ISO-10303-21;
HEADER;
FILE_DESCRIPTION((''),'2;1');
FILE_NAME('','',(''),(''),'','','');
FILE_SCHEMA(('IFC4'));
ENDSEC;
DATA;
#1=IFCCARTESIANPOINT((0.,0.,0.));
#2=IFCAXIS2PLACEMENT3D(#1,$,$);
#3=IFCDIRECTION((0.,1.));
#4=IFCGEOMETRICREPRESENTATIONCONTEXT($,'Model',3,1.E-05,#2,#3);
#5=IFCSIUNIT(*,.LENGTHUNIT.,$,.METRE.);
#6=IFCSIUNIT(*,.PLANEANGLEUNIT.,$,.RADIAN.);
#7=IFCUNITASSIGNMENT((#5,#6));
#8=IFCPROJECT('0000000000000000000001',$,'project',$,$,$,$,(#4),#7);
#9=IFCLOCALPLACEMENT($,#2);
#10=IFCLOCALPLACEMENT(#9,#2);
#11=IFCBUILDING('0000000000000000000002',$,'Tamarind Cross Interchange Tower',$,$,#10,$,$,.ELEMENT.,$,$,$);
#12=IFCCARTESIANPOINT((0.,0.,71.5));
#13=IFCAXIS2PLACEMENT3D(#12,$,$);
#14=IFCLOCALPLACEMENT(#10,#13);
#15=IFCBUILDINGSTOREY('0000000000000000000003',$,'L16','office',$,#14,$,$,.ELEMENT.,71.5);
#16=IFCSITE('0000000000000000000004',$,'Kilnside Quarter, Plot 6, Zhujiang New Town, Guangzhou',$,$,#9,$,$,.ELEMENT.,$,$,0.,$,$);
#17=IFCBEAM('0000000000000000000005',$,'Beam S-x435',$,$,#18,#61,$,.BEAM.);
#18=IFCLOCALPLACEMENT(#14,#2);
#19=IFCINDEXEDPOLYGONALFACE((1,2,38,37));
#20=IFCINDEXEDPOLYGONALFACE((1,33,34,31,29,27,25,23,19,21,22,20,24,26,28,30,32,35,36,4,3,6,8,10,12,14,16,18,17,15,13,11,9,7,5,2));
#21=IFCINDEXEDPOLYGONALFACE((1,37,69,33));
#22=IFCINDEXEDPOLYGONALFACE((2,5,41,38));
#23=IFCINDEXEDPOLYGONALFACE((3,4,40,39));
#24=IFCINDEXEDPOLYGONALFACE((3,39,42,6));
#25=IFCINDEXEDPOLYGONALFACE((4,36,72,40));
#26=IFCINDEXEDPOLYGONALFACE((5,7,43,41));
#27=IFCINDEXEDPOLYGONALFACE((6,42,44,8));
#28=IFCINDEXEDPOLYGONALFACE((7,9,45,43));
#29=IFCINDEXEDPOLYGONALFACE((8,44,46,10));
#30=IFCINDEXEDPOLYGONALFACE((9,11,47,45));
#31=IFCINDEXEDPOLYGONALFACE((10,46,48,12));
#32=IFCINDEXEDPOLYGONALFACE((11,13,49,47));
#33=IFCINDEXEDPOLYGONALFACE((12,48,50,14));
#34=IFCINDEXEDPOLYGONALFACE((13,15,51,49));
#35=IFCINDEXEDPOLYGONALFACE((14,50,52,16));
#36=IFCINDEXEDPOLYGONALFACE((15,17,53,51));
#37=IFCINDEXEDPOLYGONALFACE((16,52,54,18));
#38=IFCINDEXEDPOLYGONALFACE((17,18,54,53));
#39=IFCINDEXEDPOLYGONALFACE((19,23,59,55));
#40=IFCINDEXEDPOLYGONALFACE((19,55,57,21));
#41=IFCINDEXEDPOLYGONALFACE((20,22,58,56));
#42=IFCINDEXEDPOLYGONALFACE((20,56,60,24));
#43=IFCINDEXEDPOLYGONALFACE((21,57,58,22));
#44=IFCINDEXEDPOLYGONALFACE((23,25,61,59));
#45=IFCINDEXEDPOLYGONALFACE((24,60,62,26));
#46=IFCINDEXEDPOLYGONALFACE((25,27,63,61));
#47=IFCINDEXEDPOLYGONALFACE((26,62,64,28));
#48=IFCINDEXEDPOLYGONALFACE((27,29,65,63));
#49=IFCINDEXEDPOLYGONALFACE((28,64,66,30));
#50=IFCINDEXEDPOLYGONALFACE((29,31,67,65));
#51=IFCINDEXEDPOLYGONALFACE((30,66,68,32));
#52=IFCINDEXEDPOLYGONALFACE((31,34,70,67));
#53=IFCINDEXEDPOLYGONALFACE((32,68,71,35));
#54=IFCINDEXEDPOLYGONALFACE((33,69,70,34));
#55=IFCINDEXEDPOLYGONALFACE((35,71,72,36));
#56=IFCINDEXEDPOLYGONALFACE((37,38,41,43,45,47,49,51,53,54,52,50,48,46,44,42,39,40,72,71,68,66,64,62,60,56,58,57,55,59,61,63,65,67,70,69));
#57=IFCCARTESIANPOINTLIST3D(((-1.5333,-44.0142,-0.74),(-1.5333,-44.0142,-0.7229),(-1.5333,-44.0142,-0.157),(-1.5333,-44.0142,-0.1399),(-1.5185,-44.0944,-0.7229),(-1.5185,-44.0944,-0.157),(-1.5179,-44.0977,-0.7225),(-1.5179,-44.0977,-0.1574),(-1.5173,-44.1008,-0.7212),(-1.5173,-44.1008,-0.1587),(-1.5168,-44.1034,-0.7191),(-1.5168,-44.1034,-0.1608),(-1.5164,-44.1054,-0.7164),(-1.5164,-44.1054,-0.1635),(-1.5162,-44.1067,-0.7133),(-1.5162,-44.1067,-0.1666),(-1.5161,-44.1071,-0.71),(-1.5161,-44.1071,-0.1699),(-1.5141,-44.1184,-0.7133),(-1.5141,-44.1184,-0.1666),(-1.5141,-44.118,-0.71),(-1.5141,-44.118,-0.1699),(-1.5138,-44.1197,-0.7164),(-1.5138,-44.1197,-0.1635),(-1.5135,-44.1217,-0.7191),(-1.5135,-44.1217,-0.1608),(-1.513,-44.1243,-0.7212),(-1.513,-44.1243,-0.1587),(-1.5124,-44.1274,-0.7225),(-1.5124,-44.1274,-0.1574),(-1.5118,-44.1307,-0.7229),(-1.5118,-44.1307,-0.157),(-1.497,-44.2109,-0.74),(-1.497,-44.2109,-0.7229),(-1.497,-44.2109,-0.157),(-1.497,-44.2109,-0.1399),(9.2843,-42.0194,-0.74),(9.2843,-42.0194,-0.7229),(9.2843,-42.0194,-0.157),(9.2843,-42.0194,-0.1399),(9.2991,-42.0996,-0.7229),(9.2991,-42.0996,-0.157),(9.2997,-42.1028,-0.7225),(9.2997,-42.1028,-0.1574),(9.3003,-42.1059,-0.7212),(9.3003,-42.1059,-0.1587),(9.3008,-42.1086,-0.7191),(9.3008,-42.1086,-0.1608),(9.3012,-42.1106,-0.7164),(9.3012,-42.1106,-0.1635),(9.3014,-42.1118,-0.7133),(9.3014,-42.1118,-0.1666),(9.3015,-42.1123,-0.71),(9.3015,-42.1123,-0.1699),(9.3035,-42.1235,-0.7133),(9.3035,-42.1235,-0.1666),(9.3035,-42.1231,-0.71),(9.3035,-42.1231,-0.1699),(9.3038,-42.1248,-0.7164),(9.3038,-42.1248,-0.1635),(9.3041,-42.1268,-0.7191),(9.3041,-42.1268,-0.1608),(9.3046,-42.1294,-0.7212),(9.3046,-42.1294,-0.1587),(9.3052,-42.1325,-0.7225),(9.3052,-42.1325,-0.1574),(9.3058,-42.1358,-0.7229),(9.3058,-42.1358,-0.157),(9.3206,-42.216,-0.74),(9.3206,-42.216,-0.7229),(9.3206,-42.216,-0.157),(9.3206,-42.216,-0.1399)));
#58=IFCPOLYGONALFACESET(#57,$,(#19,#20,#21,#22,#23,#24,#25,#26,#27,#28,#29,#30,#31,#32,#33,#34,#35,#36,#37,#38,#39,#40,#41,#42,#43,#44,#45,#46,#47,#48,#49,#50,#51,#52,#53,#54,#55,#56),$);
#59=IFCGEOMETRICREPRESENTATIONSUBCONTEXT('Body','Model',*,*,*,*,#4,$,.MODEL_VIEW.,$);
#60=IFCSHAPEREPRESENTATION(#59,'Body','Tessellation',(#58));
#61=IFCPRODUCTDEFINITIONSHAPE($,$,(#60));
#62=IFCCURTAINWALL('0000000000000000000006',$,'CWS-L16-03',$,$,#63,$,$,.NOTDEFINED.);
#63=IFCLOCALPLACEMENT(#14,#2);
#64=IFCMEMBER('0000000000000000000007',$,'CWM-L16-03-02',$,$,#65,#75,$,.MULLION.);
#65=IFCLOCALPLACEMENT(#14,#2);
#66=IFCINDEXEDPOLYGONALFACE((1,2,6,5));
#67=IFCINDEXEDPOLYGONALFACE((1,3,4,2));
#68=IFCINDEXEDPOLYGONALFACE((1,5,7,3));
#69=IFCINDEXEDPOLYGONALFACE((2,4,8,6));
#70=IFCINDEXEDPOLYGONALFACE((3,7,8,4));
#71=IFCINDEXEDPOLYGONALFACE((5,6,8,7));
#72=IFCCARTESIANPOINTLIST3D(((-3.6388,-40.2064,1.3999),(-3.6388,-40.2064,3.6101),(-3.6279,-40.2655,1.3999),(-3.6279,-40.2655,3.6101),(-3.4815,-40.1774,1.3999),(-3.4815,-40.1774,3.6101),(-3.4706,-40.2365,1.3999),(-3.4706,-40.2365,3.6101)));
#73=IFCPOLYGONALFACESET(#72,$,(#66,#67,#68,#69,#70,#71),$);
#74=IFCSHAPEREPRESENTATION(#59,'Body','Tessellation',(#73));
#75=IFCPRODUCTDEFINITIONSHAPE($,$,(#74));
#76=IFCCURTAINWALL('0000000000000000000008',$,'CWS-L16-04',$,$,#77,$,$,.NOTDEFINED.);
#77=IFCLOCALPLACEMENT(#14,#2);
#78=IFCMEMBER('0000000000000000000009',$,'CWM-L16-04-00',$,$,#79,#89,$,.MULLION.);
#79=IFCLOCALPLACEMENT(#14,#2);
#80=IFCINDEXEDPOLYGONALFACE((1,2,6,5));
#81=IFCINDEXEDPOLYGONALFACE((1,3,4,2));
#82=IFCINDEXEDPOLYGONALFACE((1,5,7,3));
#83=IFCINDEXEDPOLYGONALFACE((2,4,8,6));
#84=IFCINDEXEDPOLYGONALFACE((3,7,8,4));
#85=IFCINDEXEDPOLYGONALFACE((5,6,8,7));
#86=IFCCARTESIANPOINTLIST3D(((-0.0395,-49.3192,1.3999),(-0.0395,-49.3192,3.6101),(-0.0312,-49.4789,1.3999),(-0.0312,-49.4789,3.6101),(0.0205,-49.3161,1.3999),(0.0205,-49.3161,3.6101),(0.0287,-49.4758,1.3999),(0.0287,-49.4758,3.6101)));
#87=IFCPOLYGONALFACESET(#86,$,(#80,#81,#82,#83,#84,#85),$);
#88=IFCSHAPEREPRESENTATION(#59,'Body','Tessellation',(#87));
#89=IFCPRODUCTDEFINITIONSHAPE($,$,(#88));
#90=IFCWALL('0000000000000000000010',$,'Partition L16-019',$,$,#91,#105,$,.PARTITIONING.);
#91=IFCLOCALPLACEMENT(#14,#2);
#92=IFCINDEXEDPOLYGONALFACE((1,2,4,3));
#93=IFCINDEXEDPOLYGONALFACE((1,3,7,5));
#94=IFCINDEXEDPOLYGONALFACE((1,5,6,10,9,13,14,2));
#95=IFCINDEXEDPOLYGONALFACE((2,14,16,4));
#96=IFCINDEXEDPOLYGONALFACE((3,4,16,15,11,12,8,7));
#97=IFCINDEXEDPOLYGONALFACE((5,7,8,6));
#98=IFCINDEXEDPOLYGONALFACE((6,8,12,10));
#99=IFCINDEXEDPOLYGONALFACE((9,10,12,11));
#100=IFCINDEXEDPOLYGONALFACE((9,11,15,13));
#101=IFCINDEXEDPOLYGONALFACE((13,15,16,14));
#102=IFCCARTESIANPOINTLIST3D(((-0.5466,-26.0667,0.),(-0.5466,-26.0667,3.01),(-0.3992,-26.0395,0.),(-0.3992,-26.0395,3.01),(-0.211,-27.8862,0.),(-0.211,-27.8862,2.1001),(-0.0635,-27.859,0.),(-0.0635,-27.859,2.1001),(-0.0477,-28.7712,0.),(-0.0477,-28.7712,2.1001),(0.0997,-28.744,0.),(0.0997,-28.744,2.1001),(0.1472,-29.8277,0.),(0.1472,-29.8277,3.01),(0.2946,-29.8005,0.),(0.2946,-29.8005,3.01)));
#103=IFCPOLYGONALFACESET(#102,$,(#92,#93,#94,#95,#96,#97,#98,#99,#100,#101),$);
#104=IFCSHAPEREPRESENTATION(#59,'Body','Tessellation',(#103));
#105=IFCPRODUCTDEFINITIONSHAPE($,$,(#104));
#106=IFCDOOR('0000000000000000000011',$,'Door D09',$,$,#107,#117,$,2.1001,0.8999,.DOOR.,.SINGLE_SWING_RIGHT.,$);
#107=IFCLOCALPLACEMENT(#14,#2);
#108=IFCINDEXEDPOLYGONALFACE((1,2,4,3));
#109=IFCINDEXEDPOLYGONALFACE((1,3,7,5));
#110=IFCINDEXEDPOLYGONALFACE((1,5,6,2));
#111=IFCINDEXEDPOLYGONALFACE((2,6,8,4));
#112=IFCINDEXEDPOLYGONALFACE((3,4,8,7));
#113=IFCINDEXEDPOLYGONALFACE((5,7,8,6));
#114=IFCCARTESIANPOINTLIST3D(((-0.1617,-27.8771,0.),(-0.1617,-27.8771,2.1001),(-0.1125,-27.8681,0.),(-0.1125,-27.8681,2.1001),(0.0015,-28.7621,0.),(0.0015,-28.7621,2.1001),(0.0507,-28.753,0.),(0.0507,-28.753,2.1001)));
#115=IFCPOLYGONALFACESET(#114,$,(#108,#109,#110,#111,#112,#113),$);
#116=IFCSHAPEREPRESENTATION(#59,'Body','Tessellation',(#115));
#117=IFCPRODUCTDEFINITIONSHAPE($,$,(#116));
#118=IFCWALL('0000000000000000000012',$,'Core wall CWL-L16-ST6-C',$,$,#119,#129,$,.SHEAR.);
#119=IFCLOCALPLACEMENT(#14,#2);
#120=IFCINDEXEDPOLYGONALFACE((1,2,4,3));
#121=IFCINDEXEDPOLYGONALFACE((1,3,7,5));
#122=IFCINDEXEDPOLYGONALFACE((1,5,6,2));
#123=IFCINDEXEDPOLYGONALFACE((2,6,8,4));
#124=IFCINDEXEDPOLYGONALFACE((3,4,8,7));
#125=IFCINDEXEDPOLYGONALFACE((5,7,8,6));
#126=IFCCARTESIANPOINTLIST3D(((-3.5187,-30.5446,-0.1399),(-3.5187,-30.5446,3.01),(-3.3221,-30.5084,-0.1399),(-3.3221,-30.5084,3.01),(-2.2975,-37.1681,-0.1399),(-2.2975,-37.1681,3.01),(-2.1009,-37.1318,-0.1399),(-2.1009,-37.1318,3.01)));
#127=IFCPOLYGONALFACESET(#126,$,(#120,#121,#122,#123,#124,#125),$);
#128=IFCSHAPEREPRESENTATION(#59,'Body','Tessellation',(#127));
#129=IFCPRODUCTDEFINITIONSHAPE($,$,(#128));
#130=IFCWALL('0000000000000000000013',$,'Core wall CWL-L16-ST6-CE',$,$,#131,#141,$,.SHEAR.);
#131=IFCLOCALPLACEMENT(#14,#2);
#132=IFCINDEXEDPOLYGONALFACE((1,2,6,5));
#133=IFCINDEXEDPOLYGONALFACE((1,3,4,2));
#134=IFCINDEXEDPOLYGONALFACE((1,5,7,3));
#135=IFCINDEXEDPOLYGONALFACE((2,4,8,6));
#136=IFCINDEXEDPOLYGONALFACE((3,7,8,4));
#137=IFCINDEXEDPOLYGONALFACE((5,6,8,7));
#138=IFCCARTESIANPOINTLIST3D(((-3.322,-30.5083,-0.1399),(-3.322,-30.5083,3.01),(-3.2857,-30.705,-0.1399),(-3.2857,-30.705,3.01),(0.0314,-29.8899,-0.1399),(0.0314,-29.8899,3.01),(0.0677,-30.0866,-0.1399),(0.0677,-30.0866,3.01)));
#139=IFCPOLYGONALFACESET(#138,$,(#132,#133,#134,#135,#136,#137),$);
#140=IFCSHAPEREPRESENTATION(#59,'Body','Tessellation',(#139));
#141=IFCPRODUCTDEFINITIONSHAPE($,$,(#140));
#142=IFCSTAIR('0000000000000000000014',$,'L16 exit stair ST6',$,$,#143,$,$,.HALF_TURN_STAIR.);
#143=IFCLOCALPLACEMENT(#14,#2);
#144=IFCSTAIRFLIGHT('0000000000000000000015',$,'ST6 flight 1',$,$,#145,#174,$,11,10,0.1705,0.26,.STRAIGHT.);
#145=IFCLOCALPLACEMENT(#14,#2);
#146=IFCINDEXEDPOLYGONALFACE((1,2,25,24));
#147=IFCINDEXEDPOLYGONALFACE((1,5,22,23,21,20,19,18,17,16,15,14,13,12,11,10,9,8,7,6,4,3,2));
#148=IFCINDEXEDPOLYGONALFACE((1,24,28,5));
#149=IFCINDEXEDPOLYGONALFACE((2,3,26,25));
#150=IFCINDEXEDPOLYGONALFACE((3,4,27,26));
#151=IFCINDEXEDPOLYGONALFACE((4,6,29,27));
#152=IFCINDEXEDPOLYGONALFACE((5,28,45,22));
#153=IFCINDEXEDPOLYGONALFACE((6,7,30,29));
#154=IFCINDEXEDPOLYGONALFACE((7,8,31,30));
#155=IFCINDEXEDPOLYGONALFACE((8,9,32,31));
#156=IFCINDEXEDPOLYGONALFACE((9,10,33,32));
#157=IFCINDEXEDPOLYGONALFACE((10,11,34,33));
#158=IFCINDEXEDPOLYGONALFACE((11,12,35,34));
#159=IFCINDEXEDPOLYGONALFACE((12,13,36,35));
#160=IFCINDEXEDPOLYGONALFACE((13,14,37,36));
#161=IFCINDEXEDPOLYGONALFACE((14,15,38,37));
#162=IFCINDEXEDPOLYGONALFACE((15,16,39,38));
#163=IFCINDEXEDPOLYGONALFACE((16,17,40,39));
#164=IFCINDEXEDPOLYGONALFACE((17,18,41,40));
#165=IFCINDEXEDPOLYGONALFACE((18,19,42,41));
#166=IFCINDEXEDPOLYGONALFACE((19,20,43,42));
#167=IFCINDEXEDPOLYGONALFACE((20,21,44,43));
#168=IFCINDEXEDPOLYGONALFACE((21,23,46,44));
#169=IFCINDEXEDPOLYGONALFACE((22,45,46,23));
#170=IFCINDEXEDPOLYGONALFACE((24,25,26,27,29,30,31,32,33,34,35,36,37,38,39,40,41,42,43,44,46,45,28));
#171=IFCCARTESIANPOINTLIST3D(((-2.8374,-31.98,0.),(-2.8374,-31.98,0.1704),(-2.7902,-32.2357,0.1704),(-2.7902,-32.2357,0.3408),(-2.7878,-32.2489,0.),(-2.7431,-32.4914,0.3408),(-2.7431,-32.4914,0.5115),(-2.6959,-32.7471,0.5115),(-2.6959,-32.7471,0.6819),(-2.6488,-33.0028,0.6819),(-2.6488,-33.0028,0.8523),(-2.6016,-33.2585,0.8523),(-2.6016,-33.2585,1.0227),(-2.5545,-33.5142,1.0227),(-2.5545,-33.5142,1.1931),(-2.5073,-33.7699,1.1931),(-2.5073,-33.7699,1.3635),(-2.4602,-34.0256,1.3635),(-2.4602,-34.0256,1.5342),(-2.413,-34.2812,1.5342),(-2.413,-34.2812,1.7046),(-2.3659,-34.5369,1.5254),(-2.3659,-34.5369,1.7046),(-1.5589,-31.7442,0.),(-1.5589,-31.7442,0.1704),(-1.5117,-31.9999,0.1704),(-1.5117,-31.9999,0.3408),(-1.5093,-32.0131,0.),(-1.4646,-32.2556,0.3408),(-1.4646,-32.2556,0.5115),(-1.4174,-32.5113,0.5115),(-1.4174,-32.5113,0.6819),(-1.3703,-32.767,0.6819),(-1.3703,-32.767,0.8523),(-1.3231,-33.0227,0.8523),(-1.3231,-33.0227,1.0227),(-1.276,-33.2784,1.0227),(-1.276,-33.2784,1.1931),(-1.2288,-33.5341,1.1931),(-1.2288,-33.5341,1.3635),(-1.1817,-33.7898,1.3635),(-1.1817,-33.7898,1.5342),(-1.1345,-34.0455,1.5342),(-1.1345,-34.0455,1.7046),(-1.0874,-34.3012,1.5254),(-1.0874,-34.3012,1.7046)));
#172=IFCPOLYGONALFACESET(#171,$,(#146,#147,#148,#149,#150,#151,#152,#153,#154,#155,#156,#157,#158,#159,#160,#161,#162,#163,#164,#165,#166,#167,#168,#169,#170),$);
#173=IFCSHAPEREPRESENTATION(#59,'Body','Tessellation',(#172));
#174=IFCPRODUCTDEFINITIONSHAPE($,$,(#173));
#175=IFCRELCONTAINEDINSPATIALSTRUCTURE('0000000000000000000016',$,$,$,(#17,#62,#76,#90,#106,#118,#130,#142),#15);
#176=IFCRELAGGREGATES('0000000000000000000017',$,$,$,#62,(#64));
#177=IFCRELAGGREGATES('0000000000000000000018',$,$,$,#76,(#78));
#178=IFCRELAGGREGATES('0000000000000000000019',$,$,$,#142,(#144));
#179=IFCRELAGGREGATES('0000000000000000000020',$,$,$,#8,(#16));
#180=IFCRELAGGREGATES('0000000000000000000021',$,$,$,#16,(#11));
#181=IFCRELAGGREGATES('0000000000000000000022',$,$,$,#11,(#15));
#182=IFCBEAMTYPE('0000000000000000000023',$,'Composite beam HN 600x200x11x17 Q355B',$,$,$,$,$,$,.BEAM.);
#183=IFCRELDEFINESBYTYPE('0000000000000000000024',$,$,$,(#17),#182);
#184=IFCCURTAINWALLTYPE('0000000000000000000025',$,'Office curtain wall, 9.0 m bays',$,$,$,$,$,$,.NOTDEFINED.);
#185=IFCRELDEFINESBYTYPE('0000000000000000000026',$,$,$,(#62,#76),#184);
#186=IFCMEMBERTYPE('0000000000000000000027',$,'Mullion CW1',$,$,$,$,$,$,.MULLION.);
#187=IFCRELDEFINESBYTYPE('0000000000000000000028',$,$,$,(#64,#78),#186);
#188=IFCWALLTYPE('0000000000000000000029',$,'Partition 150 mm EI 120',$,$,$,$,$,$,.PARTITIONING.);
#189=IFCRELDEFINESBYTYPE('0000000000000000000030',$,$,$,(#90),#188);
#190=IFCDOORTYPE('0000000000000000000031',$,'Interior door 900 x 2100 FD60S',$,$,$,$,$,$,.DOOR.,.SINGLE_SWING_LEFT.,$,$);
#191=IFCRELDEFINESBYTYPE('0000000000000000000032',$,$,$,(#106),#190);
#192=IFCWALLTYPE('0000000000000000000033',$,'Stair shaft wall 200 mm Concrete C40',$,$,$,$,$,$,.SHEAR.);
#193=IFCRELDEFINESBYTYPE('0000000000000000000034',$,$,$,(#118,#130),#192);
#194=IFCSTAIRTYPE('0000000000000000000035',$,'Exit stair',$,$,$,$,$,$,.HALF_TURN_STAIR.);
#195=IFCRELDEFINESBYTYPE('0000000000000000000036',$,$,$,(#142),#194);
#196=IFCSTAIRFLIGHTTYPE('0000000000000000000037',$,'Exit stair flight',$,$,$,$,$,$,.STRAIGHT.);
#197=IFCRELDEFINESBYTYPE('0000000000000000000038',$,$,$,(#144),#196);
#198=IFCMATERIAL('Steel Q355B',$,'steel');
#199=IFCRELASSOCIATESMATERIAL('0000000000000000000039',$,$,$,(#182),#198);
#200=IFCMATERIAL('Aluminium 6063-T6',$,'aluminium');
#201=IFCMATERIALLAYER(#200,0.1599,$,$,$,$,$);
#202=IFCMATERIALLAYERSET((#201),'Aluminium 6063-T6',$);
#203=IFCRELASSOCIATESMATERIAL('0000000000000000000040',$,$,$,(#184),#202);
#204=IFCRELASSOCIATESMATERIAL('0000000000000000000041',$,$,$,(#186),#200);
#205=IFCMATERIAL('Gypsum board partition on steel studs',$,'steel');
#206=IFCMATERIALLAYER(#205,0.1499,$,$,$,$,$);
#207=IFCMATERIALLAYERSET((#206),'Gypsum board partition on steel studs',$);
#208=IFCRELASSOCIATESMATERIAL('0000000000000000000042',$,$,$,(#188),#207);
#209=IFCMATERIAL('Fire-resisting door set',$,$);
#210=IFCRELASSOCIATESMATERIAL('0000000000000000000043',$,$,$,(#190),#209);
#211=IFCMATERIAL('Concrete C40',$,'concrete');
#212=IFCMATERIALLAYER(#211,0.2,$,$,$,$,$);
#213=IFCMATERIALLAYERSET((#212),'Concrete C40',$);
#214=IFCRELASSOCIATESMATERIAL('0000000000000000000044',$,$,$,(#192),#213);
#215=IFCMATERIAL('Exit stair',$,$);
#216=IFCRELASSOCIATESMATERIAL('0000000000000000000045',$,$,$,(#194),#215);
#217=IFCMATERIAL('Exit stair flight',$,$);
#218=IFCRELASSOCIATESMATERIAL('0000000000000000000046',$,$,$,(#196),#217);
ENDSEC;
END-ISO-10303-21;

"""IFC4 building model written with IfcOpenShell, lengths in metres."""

from ifc_helpers import new_model, si_unit, direction, frame, frame_2d, origin, origin_2d, place, context, subcontext, project, spatial, polyline, rectangle, i_section, outline, extrude, material, layer, layer_set, material_profile, profile_set, type_object, element, fill, aggregate, save


model = new_model("IFC4")

# Units and contexts
model_context = context("Model", 3, precision=1e-05, world=origin(), true_north=direction((0.0, 1.0)))
body_context = subcontext(model_context, "Body", "Model", "MODEL_VIEW")
ifc_project = project(units=[si_unit("LENGTHUNIT", "METRE"), si_unit("PLANEANGLEUNIT", "RADIAN")], contexts=[model_context])

# Site, building, storey
site_placement = place(None, origin())
site = spatial("IfcSite", under=ifc_project, at=site_placement, Name="Kilnside Quarter, Plot 6, Zhujiang New Town, Guangzhou", CompositionType="ELEMENT", RefElevation=0.0)
building_placement = place(site_placement, origin())
building = spatial("IfcBuilding", under=site, at=building_placement, Name="Tamarind Cross Interchange Tower", CompositionType="ELEMENT")
storey_placement = place(building_placement, frame((0.0, 0.0, 71.5)))
storey = spatial("IfcBuildingStorey", under=building, at=storey_placement, Name="L16", Description="office", CompositionType="ELEMENT", Elevation=71.5)

# Shared definitions
ifc_material_1 = material(Name="Concrete C40", Category="concrete")

# Beam
ifc_material_2 = material(Name="Steel Q355B", Category="steel")
ifc_material_profile_1 = material_profile(ifc_material_2, i_section(OverallWidth=0.2, OverallDepth=0.6001, WebThickness=0.011, FlangeThickness=0.0171, FilletRadius=0.0129, at=origin_2d()), Name="HN 600x200x11x17")
ifc_profile_set_1 = profile_set([ifc_material_profile_1], Name="Steel Q355B")
beam_type_1 = type_object("IfcBeamType", Name="Composite beam HN 600x200x11x17 Q355B", PredefinedType="BEAM", material=ifc_profile_set_1)
beam_1_placement = place(storey_placement, frame((-1.5151, -44.1125, -0.4399), z_axis=(0.983418, 0.181352, 0.0), x_axis=(-0.181352, 0.983418, 0.0)))
element("IfcBeam", 1, at=beam_1_placement, inside=storey, type_object=beam_type_1, Name="Beam S-x435", PredefinedType="BEAM", context=body_context, shape_type="SweptSolid", body=[
    extrude(i_section(OverallWidth=0.2, OverallDepth=0.6001, WebThickness=0.011, FlangeThickness=0.0171, FilletRadius=0.0129, at=origin_2d()), origin(), (0.0, 0.0, 1.0), 11.0),
])

# Curtain walls, members
ifc_material_3 = material(Name="Aluminium 6063-T6", Category="aluminium")
ifc_layer_1 = layer(ifc_material_3, 0.1599)
ifc_layer_set_1 = layer_set([ifc_layer_1], Name="Aluminium 6063-T6")
curtain_wall_type = type_object("IfcCurtainWallType", Name="Office curtain wall, 9.0 m bays", PredefinedType="NOTDEFINED", material=ifc_layer_set_1)
curtain_wall_1_placement = place(storey_placement, origin())
curtain_wall_1 = element("IfcCurtainWall", 2, at=curtain_wall_1_placement, inside=storey, type_object=curtain_wall_type, Name="CWS-L16-03", PredefinedType="NOTDEFINED")
ifc_material_profile_2 = material_profile(ifc_material_3, rectangle(XDim=0.0601, YDim=0.1599, at=origin_2d()), Name="Mullion CW1")
ifc_profile_set_2 = profile_set([ifc_material_profile_2], Name="Aluminium 6063-T6")
member_type = type_object("IfcMemberType", Name="Mullion CW1", PredefinedType="MULLION", material=ifc_profile_set_2)
member_1_placement = place(storey_placement, frame((-3.5547, -40.2214, 1.3999), z_axis=(0.0, 0.0, 1.0), x_axis=(0.181343, -0.98342, 0.0)))
member_1 = element("IfcMember", 3, at=member_1_placement, type_object=member_type, Name="CWM-L16-03-02", PredefinedType="MULLION", context=body_context, shape_type="SweptSolid", body=[
    extrude(rectangle(XDim=0.0601, YDim=0.1599, at=origin_2d()), origin(), (0.0, 0.0, 1.0), 2.2102),
])
aggregate(curtain_wall_1, [member_1])
curtain_wall_2_placement = place(storey_placement, origin())
curtain_wall_2 = element("IfcCurtainWall", 4, at=curtain_wall_2_placement, inside=storey, type_object=curtain_wall_type, Name="CWS-L16-04", PredefinedType="NOTDEFINED")
member_2_placement = place(storey_placement, frame((-0.0054, -49.3975, 1.3999), z_axis=(0.0, 0.0, 1.0), x_axis=(0.998677, 0.05143, 0.0)))
member_2 = element("IfcMember", 5, at=member_2_placement, type_object=member_type, Name="CWM-L16-04-00", PredefinedType="MULLION", context=body_context, shape_type="SweptSolid", body=[
    extrude(rectangle(XDim=0.0601, YDim=0.1599, at=origin_2d()), origin(), (0.0, 0.0, 1.0), 2.2102),
])
aggregate(curtain_wall_2, [member_2])

# Wall, opening, door
ifc_material_4 = material(Name="Gypsum board partition on steel studs", Category="steel")
ifc_layer_2 = layer(ifc_material_4, 0.1499)
ifc_layer_set_2 = layer_set([ifc_layer_2], Name="Gypsum board partition on steel studs")
wall_type_1 = type_object("IfcWallType", Name="Partition 150 mm EI 120", PredefinedType="PARTITIONING", material=ifc_layer_set_2)
wall_1_placement = place(storey_placement, frame((-0.4729, -26.0532, 0.0), z_axis=(0.0, 0.0, 1.0), x_axis=(0.181424, -0.983405, 0.0)))
wall_1 = element("IfcWall", 6, at=wall_1_placement, inside=storey, type_object=wall_type_1, Name="Partition L16-019", PredefinedType="PARTITIONING", context=body_context, shape_type="SweptSolid", body=[
    extrude(rectangle(XDim=3.8245, YDim=0.1499, at=frame_2d((1.9121, 0.0))), origin(), (0.0, 0.0, 1.0), 3.01),
])
opening_placement = place(wall_1_placement, frame((1.8501, 0.0, 0.0)))
opening = element("IfcOpeningElement", 7, at=opening_placement, cuts=wall_1, PredefinedType="OPENING", context=body_context, shape_type="SweptSolid", body=[
    extrude(rectangle(XDim=0.8999, YDim=2.1001, at=frame_2d((0.45, 1.05))), frame((0.0, 0.085, 0.0), z_axis=(0.0, -1.0, 0.0), x_axis=(1.0, 0.0, 0.0)), (0.0, 0.0, 1.0), 0.1699),
])
ifc_material_5 = material(Name="Fire-resisting door set")
door_type = type_object("IfcDoorType", Name="Interior door 900 x 2100 FD60S", OperationType="SINGLE_SWING_LEFT", PredefinedType="DOOR", material=ifc_material_5)
door_placement = place(opening_placement, frame((0.8999, 0.0, 0.0), z_axis=(0.0, 0.0, 1.0), x_axis=(-1.0, 0.0, 0.0)))
door = element("IfcDoor", 8, at=door_placement, inside=storey, type_object=door_type, Name="Door D09", OperationType="SINGLE_SWING_RIGHT", OverallHeight=2.1001, OverallWidth=0.8999, PredefinedType="DOOR", context=body_context, shape_type="SweptSolid", body=[
    extrude(rectangle(XDim=0.8999, YDim=2.1001, at=frame_2d((0.45, 1.05))), frame((0.0, 0.0249, 0.0), z_axis=(0.0, -1.0, 0.0), x_axis=(1.0, 0.0, 0.0)), (0.0, 0.0, 1.0), 0.05),
])
fill(opening, door)

# Walls
ifc_layer_3 = layer(ifc_material_1, 0.2)
ifc_layer_set_3 = layer_set([ifc_layer_3], Name="Concrete C40")
wall_type_2 = type_object("IfcWallType", Name="Stair shaft wall 200 mm Concrete C40", PredefinedType="SHEAR", material=ifc_layer_set_3)
wall_2_placement = place(storey_placement, frame((-3.4204, -30.5264, -0.1399), z_axis=(0.0, 0.0, 1.0), x_axis=(0.181316, -0.983425, 0.0)))
element("IfcWall", 9, at=wall_2_placement, inside=storey, type_object=wall_type_2, Name="Core wall CWL-L16-ST6-C", PredefinedType="SHEAR", context=body_context, shape_type="SweptSolid", body=[
    extrude(rectangle(XDim=6.7351, YDim=0.2, at=frame_2d((3.3677, 0.0))), origin(), (0.0, 0.0, 1.0), 3.1499),
])
wall_3_placement = place(storey_placement, frame((-3.304, -30.6067, -0.1399), z_axis=(0.0, 0.0, 1.0), x_axis=(0.983417, 0.181361, 0.0)))
element("IfcWall", 10, at=wall_3_placement, inside=storey, type_object=wall_type_2, Name="Core wall CWL-L16-ST6-CE", PredefinedType="SHEAR", context=body_context, shape_type="SweptSolid", body=[
    extrude(rectangle(XDim=3.4099, YDim=0.2, at=frame_2d((1.7051, 0.0))), origin(), (0.0, 0.0, 1.0), 3.1499),
])

# Stair, stair flight
ifc_material_6 = material(Name="Exit stair")
stair_type = type_object("IfcStairType", Name="Exit stair", PredefinedType="HALF_TURN_STAIR", material=ifc_material_6)
stair_placement = place(storey_placement, origin())
stair = element("IfcStair", 11, at=stair_placement, inside=storey, type_object=stair_type, Name="L16 exit stair ST6", PredefinedType="HALF_TURN_STAIR")
ifc_material_7 = material(Name="Exit stair flight")
stair_flight_type = type_object("IfcStairFlightType", Name="Exit stair flight", PredefinedType="STRAIGHT", material=ifc_material_7)
stair_flight_placement = place(storey_placement, frame((-2.198, -31.8621, 0.0), z_axis=(0.0, 0.0, 1.0), x_axis=(0.181343, -0.98342, 0.0)))
stair_flight = element("IfcStairFlight", 12, at=stair_flight_placement, type_object=stair_flight_type, Name="ST6 flight 1", NumberOfRisers=11, NumberOfTreads=10, PredefinedType="STRAIGHT", RiserHeight=0.1705, TreadLength=0.26, context=body_context, shape_type="SweptSolid", body=[
    extrude(outline(polyline([(0.0, 0.0), (0.0, 0.1704), (0.26, 0.1704), (0.26, 0.3408), (0.52, 0.3408), (0.52, 0.5115), (0.78, 0.5115), (0.78, 0.6819), (1.04, 0.6819), (1.04, 0.8523), (1.3, 0.8523), (1.3, 1.0227), (1.5601, 1.0227), (1.5601, 1.1931), (1.8201, 1.1931), (1.8201, 1.3635), (2.0801, 1.3635), (2.0801, 1.5342), (2.3401, 1.5342), (2.3401, 1.7046), (2.6001, 1.7046), (2.6001, 1.875), (2.6001, 1.5254), (0.2734, 0.0), (0.0, 0.0)])), frame((0.0, 0.6499, 0.0), z_axis=(0.0, -1.0, 0.0), x_axis=(1.0, 0.0, 0.0)), (0.0, 0.0, 1.0), 1.3),
])
aggregate(stair, [stair_flight])

save(model, "model.ifc")
